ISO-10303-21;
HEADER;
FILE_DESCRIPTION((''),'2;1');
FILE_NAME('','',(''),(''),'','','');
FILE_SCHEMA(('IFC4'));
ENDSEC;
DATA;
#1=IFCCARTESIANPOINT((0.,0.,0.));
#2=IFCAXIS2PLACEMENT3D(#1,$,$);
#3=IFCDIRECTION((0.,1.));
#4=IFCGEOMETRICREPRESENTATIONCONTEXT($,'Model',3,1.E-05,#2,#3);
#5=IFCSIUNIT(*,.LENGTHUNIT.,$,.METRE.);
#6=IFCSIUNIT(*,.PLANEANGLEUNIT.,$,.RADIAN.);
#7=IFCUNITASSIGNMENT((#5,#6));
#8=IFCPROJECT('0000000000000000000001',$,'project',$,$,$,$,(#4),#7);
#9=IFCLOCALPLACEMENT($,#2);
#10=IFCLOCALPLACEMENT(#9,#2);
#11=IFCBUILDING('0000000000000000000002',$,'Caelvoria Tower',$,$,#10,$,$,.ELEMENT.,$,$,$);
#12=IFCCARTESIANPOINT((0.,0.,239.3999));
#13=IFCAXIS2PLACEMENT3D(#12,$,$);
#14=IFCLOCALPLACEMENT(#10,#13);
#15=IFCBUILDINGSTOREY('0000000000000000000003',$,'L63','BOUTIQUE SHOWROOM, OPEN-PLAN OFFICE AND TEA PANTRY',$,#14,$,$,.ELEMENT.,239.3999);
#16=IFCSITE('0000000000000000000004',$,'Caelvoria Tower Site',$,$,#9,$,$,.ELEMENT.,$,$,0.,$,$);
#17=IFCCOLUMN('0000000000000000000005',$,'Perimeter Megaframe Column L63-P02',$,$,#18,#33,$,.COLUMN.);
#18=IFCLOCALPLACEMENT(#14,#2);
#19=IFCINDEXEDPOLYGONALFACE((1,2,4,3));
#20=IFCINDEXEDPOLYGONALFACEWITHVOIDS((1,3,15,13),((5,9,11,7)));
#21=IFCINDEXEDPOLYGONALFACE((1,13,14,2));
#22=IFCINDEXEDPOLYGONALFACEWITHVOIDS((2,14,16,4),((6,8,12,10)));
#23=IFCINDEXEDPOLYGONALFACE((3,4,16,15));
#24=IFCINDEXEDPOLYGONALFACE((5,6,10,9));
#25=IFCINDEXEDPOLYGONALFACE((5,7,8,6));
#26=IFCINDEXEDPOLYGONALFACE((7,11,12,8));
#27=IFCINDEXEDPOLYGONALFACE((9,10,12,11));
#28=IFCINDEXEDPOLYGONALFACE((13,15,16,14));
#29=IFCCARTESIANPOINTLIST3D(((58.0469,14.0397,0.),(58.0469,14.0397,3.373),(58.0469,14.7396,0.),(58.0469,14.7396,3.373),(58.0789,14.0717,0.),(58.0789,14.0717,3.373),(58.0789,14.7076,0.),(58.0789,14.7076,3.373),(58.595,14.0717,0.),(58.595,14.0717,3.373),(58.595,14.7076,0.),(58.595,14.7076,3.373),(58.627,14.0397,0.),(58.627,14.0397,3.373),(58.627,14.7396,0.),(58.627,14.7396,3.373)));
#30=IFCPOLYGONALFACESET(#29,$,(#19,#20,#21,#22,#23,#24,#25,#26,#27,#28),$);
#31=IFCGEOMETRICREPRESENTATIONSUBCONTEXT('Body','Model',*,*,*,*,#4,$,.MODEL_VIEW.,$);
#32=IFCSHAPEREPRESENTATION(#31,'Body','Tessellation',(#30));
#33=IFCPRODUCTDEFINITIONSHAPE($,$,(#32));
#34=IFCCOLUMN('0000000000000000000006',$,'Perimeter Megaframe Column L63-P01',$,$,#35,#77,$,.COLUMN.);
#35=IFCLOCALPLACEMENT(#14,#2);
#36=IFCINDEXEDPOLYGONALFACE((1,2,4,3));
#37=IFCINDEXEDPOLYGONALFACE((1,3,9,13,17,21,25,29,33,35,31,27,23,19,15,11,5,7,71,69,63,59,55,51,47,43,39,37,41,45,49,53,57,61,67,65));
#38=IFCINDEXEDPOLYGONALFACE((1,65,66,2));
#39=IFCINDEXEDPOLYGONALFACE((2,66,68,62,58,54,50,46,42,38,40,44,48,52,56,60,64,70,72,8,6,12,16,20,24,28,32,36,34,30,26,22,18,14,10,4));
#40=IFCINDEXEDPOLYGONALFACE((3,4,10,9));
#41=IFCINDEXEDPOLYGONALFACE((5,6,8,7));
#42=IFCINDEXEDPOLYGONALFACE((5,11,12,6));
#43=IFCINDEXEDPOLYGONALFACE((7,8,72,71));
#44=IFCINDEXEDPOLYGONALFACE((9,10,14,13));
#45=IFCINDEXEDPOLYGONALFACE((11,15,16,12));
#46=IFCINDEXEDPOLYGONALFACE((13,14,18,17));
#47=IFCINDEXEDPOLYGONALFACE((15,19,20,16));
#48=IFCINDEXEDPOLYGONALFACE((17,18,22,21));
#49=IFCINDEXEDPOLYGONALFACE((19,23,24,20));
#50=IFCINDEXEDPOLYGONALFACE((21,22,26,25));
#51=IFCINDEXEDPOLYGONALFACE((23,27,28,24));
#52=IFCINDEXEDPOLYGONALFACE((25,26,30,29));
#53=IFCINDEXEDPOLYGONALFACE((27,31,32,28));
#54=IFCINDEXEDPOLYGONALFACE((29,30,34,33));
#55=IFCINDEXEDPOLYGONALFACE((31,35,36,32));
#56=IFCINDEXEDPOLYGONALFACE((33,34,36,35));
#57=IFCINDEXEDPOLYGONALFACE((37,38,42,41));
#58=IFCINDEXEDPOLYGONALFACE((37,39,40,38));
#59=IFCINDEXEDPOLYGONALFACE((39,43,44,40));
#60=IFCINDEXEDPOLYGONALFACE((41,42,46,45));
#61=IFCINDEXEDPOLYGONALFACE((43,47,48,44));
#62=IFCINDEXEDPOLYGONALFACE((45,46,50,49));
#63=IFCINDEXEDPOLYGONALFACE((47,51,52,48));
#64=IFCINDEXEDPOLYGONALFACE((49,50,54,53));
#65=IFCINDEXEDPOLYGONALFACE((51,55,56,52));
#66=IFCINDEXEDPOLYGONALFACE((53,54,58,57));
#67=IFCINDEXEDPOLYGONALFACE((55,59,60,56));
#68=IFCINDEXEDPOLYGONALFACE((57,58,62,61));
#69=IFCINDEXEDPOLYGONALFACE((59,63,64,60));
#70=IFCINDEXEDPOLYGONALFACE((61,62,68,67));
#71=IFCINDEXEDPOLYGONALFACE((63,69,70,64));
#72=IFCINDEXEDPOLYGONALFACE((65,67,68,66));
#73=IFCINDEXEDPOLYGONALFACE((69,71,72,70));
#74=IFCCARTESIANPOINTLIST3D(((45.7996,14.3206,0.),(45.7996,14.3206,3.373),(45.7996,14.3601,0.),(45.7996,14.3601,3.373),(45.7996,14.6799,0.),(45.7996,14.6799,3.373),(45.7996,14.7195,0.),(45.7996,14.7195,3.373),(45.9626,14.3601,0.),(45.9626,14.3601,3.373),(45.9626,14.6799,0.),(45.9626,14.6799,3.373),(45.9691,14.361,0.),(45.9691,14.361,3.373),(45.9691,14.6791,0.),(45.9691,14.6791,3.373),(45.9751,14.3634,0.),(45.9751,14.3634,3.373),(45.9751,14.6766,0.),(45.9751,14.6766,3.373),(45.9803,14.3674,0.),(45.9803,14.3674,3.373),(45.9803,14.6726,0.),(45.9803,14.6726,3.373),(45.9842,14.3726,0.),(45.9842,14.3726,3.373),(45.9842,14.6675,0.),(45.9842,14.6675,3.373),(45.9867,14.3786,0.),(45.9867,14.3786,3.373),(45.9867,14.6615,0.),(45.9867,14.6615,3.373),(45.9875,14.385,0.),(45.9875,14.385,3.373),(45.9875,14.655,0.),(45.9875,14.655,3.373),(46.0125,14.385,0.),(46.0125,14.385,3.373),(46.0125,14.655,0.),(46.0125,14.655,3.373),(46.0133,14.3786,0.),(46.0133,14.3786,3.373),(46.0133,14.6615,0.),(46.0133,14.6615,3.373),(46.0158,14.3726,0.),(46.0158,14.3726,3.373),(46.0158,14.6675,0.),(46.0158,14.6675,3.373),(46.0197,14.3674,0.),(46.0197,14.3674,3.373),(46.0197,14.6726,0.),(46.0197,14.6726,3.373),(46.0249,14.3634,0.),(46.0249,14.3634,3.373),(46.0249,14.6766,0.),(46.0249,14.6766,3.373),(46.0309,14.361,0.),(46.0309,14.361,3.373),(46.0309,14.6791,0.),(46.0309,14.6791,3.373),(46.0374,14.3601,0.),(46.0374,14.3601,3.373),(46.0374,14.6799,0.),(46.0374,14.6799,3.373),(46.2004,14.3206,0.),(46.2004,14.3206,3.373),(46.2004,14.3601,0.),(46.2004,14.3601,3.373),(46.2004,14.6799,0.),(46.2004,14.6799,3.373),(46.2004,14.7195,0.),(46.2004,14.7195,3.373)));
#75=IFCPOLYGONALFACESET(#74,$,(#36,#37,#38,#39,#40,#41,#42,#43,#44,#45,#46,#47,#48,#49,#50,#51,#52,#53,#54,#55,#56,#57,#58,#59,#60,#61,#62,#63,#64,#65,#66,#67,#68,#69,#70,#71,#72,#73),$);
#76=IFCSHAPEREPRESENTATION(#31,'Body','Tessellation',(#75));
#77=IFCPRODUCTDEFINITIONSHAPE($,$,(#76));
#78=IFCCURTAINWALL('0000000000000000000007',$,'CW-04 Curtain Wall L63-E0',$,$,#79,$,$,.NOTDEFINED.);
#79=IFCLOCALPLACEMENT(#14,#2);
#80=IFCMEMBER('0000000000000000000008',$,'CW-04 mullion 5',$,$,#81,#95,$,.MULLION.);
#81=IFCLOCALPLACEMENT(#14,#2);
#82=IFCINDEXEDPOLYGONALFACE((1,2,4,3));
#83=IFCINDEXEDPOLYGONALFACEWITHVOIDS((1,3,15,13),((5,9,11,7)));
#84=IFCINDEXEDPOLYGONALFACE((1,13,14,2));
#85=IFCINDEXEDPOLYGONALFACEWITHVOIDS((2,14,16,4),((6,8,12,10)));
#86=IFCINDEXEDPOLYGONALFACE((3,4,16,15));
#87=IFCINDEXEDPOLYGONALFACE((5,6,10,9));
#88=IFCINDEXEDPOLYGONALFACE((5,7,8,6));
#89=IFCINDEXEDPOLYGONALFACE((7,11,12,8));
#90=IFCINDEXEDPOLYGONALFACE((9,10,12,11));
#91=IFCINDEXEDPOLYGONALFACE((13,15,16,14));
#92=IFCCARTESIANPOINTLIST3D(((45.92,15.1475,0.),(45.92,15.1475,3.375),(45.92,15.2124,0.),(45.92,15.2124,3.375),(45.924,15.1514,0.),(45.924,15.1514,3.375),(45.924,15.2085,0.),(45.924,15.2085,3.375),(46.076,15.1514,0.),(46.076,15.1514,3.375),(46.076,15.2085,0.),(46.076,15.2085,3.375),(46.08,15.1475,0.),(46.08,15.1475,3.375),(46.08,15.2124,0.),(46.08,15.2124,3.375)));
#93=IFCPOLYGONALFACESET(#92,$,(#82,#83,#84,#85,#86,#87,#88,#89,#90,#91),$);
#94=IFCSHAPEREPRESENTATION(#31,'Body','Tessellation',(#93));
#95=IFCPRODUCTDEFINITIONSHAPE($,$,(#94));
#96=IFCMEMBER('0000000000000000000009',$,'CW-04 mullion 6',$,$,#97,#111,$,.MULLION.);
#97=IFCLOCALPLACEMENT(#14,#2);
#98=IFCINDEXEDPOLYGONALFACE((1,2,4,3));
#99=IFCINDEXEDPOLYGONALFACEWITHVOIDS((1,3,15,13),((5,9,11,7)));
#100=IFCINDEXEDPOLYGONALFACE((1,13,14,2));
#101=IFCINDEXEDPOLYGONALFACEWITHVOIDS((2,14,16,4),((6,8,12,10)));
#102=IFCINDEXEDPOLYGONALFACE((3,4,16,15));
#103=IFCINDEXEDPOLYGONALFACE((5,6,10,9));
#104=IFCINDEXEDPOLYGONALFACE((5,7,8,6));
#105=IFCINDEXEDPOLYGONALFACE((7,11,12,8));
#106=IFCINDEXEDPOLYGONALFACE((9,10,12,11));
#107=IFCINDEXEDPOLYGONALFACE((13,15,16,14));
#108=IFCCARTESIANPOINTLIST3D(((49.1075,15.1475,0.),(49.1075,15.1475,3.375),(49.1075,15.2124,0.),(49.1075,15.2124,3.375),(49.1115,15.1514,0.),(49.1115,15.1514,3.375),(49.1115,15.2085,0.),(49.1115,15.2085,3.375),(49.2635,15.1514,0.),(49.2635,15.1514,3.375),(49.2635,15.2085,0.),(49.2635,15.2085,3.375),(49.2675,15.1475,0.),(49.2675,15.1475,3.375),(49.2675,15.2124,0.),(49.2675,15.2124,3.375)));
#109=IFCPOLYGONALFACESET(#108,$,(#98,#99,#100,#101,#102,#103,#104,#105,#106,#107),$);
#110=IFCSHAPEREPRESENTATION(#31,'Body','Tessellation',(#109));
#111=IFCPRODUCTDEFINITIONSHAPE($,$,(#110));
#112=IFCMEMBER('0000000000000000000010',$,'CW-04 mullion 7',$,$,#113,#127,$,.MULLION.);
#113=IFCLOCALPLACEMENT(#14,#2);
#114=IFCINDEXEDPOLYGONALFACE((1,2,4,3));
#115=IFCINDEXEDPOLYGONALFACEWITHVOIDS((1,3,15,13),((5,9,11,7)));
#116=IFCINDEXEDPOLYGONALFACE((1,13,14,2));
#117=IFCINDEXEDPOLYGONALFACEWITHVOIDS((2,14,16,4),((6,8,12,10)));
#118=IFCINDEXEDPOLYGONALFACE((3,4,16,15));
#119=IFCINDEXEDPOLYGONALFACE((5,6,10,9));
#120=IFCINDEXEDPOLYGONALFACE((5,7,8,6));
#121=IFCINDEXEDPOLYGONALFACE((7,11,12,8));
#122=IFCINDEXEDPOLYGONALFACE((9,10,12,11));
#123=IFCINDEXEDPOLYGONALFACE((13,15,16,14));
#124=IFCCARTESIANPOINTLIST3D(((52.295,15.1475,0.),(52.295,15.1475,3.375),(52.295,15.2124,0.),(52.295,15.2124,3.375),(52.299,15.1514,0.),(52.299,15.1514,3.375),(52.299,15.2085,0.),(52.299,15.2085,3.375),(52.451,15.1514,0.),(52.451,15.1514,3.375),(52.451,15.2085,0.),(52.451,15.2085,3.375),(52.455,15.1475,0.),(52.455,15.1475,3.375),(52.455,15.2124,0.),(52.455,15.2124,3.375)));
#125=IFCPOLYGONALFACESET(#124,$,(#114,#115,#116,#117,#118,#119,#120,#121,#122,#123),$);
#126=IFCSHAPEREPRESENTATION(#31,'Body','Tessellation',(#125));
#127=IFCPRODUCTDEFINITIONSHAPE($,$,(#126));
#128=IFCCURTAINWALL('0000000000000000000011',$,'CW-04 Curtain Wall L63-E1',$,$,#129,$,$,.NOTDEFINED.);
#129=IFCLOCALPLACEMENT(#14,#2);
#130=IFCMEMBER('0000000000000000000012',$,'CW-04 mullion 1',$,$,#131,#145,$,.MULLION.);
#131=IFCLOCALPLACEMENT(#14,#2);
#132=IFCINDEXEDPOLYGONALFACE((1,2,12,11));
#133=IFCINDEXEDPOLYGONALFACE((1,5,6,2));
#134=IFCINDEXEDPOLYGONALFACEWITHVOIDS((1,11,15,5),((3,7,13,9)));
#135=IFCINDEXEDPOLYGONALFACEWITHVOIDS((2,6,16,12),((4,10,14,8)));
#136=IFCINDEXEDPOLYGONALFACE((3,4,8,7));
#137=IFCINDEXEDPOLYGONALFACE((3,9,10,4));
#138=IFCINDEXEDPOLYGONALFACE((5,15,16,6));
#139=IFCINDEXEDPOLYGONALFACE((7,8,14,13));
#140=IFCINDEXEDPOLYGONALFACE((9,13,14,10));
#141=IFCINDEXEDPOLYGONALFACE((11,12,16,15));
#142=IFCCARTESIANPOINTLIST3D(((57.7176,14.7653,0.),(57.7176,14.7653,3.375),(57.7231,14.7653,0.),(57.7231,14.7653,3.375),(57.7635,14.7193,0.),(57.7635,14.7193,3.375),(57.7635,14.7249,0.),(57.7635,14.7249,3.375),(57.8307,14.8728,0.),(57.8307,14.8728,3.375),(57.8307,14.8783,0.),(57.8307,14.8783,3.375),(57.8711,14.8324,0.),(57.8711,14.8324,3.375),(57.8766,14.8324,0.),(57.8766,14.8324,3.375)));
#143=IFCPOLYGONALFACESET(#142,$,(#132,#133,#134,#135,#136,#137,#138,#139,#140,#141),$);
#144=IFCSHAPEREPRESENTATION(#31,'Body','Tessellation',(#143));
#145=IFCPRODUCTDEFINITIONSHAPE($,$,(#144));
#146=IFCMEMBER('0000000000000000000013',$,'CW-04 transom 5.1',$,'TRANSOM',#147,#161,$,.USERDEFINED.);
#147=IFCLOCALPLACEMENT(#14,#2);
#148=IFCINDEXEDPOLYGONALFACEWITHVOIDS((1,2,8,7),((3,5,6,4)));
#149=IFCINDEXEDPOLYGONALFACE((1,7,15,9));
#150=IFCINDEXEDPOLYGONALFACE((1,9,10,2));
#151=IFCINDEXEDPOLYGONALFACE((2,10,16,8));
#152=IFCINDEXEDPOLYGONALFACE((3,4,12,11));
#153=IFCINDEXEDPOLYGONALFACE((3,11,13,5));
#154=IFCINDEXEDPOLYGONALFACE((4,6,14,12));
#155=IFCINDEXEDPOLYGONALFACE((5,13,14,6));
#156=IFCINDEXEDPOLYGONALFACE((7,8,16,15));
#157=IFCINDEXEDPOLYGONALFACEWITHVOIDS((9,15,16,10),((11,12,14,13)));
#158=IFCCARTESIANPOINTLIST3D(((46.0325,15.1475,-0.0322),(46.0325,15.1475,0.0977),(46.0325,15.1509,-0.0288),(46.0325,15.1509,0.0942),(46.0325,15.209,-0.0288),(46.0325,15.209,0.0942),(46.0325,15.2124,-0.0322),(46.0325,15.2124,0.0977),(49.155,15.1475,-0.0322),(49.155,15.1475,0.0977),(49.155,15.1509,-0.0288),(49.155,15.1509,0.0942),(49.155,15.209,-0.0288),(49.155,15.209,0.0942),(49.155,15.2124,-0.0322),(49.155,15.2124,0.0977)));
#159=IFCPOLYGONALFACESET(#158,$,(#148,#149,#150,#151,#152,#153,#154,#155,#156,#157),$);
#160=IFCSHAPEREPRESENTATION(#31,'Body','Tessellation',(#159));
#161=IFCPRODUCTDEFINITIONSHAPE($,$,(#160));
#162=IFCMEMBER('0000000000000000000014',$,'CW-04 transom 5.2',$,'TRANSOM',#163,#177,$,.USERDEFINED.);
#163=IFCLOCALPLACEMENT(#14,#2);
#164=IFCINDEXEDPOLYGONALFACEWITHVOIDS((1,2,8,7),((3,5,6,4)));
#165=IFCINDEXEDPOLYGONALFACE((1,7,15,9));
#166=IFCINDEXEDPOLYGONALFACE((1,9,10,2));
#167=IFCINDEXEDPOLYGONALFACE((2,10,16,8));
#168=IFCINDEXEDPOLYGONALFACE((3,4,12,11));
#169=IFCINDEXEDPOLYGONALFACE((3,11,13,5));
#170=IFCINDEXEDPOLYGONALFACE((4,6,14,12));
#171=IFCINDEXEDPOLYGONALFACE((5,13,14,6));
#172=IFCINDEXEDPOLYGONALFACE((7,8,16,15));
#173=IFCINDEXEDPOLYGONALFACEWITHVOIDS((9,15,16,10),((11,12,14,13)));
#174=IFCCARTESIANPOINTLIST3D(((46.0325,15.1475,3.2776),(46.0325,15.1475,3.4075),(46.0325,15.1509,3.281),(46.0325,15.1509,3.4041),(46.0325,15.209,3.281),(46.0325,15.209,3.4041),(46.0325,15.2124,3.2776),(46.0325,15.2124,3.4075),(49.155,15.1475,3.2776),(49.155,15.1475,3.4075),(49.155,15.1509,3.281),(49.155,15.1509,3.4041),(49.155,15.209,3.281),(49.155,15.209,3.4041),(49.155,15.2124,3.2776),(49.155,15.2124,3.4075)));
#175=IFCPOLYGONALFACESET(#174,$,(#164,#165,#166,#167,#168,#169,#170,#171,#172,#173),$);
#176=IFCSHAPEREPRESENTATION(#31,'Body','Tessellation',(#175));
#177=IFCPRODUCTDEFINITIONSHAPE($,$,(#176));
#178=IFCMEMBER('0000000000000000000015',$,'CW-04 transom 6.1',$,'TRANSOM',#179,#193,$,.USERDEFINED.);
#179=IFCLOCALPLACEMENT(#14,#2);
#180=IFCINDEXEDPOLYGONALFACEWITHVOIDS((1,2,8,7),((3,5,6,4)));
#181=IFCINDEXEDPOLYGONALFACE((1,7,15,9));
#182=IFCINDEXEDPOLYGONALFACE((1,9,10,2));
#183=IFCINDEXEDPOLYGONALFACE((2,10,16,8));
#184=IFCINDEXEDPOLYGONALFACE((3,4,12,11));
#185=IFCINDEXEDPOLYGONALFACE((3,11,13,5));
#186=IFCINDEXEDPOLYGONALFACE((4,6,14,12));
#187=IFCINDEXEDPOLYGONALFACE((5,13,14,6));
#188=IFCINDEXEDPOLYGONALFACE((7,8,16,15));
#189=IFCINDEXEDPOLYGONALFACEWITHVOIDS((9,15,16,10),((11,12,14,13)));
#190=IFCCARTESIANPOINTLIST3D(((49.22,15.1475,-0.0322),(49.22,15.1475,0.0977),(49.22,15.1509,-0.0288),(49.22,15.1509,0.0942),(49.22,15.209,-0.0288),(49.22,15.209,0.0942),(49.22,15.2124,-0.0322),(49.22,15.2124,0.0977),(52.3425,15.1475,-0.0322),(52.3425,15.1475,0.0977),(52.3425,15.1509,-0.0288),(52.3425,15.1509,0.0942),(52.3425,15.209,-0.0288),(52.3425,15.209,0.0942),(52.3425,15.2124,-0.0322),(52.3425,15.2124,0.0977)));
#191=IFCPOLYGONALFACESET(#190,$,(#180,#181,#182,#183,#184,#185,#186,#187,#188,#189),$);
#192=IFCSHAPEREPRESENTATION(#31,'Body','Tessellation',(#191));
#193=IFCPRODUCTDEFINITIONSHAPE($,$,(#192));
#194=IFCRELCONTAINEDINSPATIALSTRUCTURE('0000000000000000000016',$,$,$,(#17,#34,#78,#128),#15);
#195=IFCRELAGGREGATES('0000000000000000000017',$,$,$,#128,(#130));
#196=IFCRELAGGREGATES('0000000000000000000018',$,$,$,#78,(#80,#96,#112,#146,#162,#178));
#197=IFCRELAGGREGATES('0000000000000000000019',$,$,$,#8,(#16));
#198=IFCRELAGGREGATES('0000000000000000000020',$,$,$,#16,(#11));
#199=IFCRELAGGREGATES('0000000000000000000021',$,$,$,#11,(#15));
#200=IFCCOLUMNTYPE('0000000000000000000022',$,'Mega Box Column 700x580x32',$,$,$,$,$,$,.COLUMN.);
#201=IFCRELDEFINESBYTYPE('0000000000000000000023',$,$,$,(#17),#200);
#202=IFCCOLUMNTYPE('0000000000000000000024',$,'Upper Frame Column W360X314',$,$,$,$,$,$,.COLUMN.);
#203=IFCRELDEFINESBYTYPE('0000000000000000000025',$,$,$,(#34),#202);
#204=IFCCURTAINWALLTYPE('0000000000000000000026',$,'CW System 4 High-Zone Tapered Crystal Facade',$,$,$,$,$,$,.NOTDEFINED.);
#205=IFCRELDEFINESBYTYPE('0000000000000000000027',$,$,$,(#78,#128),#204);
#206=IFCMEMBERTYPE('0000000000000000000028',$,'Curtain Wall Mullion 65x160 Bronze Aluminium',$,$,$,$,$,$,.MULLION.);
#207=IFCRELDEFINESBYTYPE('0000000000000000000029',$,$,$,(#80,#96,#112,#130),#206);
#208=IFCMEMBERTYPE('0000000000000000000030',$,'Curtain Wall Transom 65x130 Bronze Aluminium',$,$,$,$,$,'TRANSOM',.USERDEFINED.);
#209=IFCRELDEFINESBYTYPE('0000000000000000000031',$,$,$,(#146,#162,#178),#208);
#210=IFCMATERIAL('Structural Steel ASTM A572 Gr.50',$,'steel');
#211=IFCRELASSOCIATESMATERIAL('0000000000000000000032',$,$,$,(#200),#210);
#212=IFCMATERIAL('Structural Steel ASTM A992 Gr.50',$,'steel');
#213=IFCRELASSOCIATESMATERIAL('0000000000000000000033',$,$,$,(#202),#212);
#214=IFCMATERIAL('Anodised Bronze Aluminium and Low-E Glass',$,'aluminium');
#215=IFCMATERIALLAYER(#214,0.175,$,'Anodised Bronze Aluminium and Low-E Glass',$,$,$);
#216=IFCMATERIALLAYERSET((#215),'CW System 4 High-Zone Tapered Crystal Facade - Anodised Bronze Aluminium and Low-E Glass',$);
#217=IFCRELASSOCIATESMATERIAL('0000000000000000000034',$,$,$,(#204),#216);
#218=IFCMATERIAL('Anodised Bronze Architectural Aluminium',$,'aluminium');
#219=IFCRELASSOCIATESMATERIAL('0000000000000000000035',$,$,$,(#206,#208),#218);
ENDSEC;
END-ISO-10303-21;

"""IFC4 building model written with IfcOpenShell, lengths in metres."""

from ifc_helpers import new_model, si_unit, direction, frame, origin, origin_2d, place, context, subcontext, project, spatial, hollow_rectangle, i_section, extrude, material, layer, layer_set, material_profile, profile_set, type_object, element, aggregate, save


model = new_model("IFC4")

# Units and contexts
model_context = context("Model", 3, precision=1e-05, world=origin(), true_north=direction((0.0, 1.0)))
body_context = subcontext(model_context, "Body", "Model", "MODEL_VIEW")
ifc_project = project(units=[si_unit("LENGTHUNIT", "METRE"), si_unit("PLANEANGLEUNIT", "RADIAN")], contexts=[model_context])

# Site, building, storey
site_placement = place(None, origin())
site = spatial("IfcSite", under=ifc_project, at=site_placement, Name="Caelvoria Tower Site", CompositionType="ELEMENT", RefElevation=0.0)
building_placement = place(site_placement, origin())
building = spatial("IfcBuilding", under=site, at=building_placement, Name="Caelvoria Tower", CompositionType="ELEMENT")
storey_placement = place(building_placement, frame((0.0, 0.0, 239.3999)))
storey = spatial("IfcBuildingStorey", under=building, at=storey_placement, Name="L63", Description="BOUTIQUE SHOWROOM, OPEN-PLAN OFFICE AND TEA PANTRY", CompositionType="ELEMENT", Elevation=239.3999)

# Columns
ifc_material_1 = material(Name="Structural Steel ASTM A572 Gr.50", Category="steel")
ifc_material_profile_1 = material_profile(ifc_material_1, hollow_rectangle(XDim=0.5801, YDim=0.7, WallThickness=0.032, at=origin_2d()), Name="Structural Steel ASTM A572 Gr.50")
ifc_profile_set_1 = profile_set([ifc_material_profile_1], Name="BOX700X580X32 - Structural Steel ASTM A572 Gr.50")
column_type_1 = type_object("IfcColumnType", Name="Mega Box Column 700x580x32", PredefinedType="COLUMN", material=ifc_profile_set_1)
column_1_placement = place(storey_placement, frame((58.3369, 14.3896, 0.0), z_axis=(0.0, 0.0, 1.0), x_axis=(1.0, 0.0, 0.0)))
element("IfcColumn", 1, at=column_1_placement, inside=storey, type_object=column_type_1, Name="Perimeter Megaframe Column L63-P02", PredefinedType="COLUMN", context=body_context, shape_type="SweptSolid", body=[
    extrude(hollow_rectangle(XDim=0.5801, YDim=0.7, WallThickness=0.032, at=origin_2d()), origin(), (0.0, 0.0, 1.0), 3.373),
])
ifc_material_2 = material(Name="Structural Steel ASTM A992 Gr.50", Category="steel")
ifc_material_profile_2 = material_profile(ifc_material_2, i_section(OverallWidth=0.4009, OverallDepth=0.3989, WebThickness=0.0249, FlangeThickness=0.0396, FilletRadius=0.0249, at=origin_2d()), Name="Structural Steel ASTM A992 Gr.50")
ifc_profile_set_2 = profile_set([ifc_material_profile_2], Name="W360X314 - Structural Steel ASTM A992 Gr.50")
column_type_2 = type_object("IfcColumnType", Name="Upper Frame Column W360X314", PredefinedType="COLUMN", material=ifc_profile_set_2)
column_2_placement = place(storey_placement, frame((46.0, 14.52, 0.0), z_axis=(0.0, 0.0, 1.0), x_axis=(1.0, 0.0, 0.0)))
element("IfcColumn", 2, at=column_2_placement, inside=storey, type_object=column_type_2, Name="Perimeter Megaframe Column L63-P01", PredefinedType="COLUMN", context=body_context, shape_type="SweptSolid", body=[
    extrude(i_section(OverallWidth=0.4009, OverallDepth=0.3989, WebThickness=0.0249, FlangeThickness=0.0396, FilletRadius=0.0249, at=origin_2d()), origin(), (0.0, 0.0, 1.0), 3.373),
])

# Curtain wall, members
ifc_material_3 = material(Name="Anodised Bronze Aluminium and Low-E Glass", Category="aluminium")
ifc_layer_1 = layer(ifc_material_3, 0.175, Name="Anodised Bronze Aluminium and Low-E Glass")
ifc_layer_set_1 = layer_set([ifc_layer_1], Name="CW System 4 High-Zone Tapered Crystal Facade - Anodised Bronze Aluminium and Low-E Glass")
curtain_wall_type = type_object("IfcCurtainWallType", Name="CW System 4 High-Zone Tapered Crystal Facade", PredefinedType="NOTDEFINED", material=ifc_layer_set_1)
curtain_wall_1_placement = place(storey_placement, origin())
curtain_wall_1 = element("IfcCurtainWall", 3, at=curtain_wall_1_placement, inside=storey, type_object=curtain_wall_type, Name="CW-04 Curtain Wall L63-E0", PredefinedType="NOTDEFINED")
ifc_material_4 = material(Name="Anodised Bronze Architectural Aluminium", Category="aluminium")
ifc_material_profile_3 = material_profile(ifc_material_4, hollow_rectangle(XDim=0.0649, YDim=0.1599, WallThickness=0.0039, at=origin_2d()), Name="Anodised Bronze Architectural Aluminium")
ifc_profile_set_3 = profile_set([ifc_material_profile_3], Name="CW_MULL_65X160 - Anodised Bronze Architectural Aluminium")
member_type_1 = type_object("IfcMemberType", Name="Curtain Wall Mullion 65x160 Bronze Aluminium", PredefinedType="MULLION", material=ifc_profile_set_3)
member_1_placement = place(storey_placement, frame((46.0, 15.1799, 0.0), z_axis=(0.0, 0.0, 1.0), x_axis=(0.0, 1.0, 0.0)))
member_1 = element("IfcMember", 4, at=member_1_placement, type_object=member_type_1, Name="CW-04 mullion 5", PredefinedType="MULLION", context=body_context, shape_type="SweptSolid", body=[
    extrude(hollow_rectangle(XDim=0.0649, YDim=0.1599, WallThickness=0.0039, at=origin_2d()), origin(), (0.0, 0.0, 1.0), 3.375),
])
member_2_placement = place(storey_placement, frame((49.1875, 15.1799, 0.0), z_axis=(0.0, 0.0, 1.0), x_axis=(0.0, 1.0, 0.0)))
member_2 = element("IfcMember", 5, at=member_2_placement, type_object=member_type_1, Name="CW-04 mullion 6", PredefinedType="MULLION", context=body_context, shape_type="SweptSolid", body=[
    extrude(hollow_rectangle(XDim=0.0649, YDim=0.1599, WallThickness=0.0039, at=origin_2d()), origin(), (0.0, 0.0, 1.0), 3.375),
])
member_3_placement = place(storey_placement, frame((52.375, 15.1799, 0.0), z_axis=(0.0, 0.0, 1.0), x_axis=(0.0, 1.0, 0.0)))
member_3 = element("IfcMember", 6, at=member_3_placement, type_object=member_type_1, Name="CW-04 mullion 7", PredefinedType="MULLION", context=body_context, shape_type="SweptSolid", body=[
    extrude(hollow_rectangle(XDim=0.0649, YDim=0.1599, WallThickness=0.0039, at=origin_2d()), origin(), (0.0, 0.0, 1.0), 3.375),
])

# Curtain wall, member
curtain_wall_2_placement = place(storey_placement, origin())
curtain_wall_2 = element("IfcCurtainWall", 7, at=curtain_wall_2_placement, inside=storey, type_object=curtain_wall_type, Name="CW-04 Curtain Wall L63-E1", PredefinedType="NOTDEFINED")
member_4_placement = place(storey_placement, frame((57.7971, 14.7988, 0.0), z_axis=(0.0, 0.0, 1.0), x_axis=(-0.707107, 0.707107, 0.0)))
member_4 = element("IfcMember", 8, at=member_4_placement, type_object=member_type_1, Name="CW-04 mullion 1", PredefinedType="MULLION", context=body_context, shape_type="SweptSolid", body=[
    extrude(hollow_rectangle(XDim=0.0649, YDim=0.1599, WallThickness=0.0039, at=origin_2d()), origin(), (0.0, 0.0, 1.0), 3.375),
])

# Members
ifc_material_profile_4 = material_profile(ifc_material_4, hollow_rectangle(XDim=0.0649, YDim=0.1299, WallThickness=0.0034, at=origin_2d()), Name="Anodised Bronze Architectural Aluminium")
ifc_profile_set_4 = profile_set([ifc_material_profile_4], Name="CW_TRAN_65X130 - Anodised Bronze Architectural Aluminium")
member_type_2 = type_object("IfcMemberType", Name="Curtain Wall Transom 65x130 Bronze Aluminium", ElementType="TRANSOM", PredefinedType="USERDEFINED", material=ifc_profile_set_4)
member_5_placement = place(storey_placement, frame((46.0325, 15.1799, 0.0327), z_axis=(1.0, 0.0, 0.0), x_axis=(0.0, 1.0, 0.0)))
member_5 = element("IfcMember", 9, at=member_5_placement, type_object=member_type_2, Name="CW-04 transom 5.1", ObjectType="TRANSOM", PredefinedType="USERDEFINED", context=body_context, shape_type="SweptSolid", body=[
    extrude(hollow_rectangle(XDim=0.0649, YDim=0.1299, WallThickness=0.0034, at=origin_2d()), origin(), (0.0, 0.0, 1.0), 3.1226),
])
member_6_placement = place(storey_placement, frame((46.0325, 15.1799, 3.3425), z_axis=(1.0, 0.0, 0.0), x_axis=(0.0, 1.0, 0.0)))
member_6 = element("IfcMember", 10, at=member_6_placement, type_object=member_type_2, Name="CW-04 transom 5.2", ObjectType="TRANSOM", PredefinedType="USERDEFINED", context=body_context, shape_type="SweptSolid", body=[
    extrude(hollow_rectangle(XDim=0.0649, YDim=0.1299, WallThickness=0.0034, at=origin_2d()), origin(), (0.0, 0.0, 1.0), 3.1226),
])
member_7_placement = place(storey_placement, frame((49.22, 15.1799, 0.0327), z_axis=(1.0, 0.0, 0.0), x_axis=(0.0, 1.0, 0.0)))
member_7 = element("IfcMember", 11, at=member_7_placement, type_object=member_type_2, Name="CW-04 transom 6.1", ObjectType="TRANSOM", PredefinedType="USERDEFINED", context=body_context, shape_type="SweptSolid", body=[
    extrude(hollow_rectangle(XDim=0.0649, YDim=0.1299, WallThickness=0.0034, at=origin_2d()), origin(), (0.0, 0.0, 1.0), 3.1226),
])
aggregate(curtain_wall_2, [member_4])

aggregate(curtain_wall_1, [member_1, member_2, member_3, member_5, member_6, member_7])

save(model, "model.ifc")
